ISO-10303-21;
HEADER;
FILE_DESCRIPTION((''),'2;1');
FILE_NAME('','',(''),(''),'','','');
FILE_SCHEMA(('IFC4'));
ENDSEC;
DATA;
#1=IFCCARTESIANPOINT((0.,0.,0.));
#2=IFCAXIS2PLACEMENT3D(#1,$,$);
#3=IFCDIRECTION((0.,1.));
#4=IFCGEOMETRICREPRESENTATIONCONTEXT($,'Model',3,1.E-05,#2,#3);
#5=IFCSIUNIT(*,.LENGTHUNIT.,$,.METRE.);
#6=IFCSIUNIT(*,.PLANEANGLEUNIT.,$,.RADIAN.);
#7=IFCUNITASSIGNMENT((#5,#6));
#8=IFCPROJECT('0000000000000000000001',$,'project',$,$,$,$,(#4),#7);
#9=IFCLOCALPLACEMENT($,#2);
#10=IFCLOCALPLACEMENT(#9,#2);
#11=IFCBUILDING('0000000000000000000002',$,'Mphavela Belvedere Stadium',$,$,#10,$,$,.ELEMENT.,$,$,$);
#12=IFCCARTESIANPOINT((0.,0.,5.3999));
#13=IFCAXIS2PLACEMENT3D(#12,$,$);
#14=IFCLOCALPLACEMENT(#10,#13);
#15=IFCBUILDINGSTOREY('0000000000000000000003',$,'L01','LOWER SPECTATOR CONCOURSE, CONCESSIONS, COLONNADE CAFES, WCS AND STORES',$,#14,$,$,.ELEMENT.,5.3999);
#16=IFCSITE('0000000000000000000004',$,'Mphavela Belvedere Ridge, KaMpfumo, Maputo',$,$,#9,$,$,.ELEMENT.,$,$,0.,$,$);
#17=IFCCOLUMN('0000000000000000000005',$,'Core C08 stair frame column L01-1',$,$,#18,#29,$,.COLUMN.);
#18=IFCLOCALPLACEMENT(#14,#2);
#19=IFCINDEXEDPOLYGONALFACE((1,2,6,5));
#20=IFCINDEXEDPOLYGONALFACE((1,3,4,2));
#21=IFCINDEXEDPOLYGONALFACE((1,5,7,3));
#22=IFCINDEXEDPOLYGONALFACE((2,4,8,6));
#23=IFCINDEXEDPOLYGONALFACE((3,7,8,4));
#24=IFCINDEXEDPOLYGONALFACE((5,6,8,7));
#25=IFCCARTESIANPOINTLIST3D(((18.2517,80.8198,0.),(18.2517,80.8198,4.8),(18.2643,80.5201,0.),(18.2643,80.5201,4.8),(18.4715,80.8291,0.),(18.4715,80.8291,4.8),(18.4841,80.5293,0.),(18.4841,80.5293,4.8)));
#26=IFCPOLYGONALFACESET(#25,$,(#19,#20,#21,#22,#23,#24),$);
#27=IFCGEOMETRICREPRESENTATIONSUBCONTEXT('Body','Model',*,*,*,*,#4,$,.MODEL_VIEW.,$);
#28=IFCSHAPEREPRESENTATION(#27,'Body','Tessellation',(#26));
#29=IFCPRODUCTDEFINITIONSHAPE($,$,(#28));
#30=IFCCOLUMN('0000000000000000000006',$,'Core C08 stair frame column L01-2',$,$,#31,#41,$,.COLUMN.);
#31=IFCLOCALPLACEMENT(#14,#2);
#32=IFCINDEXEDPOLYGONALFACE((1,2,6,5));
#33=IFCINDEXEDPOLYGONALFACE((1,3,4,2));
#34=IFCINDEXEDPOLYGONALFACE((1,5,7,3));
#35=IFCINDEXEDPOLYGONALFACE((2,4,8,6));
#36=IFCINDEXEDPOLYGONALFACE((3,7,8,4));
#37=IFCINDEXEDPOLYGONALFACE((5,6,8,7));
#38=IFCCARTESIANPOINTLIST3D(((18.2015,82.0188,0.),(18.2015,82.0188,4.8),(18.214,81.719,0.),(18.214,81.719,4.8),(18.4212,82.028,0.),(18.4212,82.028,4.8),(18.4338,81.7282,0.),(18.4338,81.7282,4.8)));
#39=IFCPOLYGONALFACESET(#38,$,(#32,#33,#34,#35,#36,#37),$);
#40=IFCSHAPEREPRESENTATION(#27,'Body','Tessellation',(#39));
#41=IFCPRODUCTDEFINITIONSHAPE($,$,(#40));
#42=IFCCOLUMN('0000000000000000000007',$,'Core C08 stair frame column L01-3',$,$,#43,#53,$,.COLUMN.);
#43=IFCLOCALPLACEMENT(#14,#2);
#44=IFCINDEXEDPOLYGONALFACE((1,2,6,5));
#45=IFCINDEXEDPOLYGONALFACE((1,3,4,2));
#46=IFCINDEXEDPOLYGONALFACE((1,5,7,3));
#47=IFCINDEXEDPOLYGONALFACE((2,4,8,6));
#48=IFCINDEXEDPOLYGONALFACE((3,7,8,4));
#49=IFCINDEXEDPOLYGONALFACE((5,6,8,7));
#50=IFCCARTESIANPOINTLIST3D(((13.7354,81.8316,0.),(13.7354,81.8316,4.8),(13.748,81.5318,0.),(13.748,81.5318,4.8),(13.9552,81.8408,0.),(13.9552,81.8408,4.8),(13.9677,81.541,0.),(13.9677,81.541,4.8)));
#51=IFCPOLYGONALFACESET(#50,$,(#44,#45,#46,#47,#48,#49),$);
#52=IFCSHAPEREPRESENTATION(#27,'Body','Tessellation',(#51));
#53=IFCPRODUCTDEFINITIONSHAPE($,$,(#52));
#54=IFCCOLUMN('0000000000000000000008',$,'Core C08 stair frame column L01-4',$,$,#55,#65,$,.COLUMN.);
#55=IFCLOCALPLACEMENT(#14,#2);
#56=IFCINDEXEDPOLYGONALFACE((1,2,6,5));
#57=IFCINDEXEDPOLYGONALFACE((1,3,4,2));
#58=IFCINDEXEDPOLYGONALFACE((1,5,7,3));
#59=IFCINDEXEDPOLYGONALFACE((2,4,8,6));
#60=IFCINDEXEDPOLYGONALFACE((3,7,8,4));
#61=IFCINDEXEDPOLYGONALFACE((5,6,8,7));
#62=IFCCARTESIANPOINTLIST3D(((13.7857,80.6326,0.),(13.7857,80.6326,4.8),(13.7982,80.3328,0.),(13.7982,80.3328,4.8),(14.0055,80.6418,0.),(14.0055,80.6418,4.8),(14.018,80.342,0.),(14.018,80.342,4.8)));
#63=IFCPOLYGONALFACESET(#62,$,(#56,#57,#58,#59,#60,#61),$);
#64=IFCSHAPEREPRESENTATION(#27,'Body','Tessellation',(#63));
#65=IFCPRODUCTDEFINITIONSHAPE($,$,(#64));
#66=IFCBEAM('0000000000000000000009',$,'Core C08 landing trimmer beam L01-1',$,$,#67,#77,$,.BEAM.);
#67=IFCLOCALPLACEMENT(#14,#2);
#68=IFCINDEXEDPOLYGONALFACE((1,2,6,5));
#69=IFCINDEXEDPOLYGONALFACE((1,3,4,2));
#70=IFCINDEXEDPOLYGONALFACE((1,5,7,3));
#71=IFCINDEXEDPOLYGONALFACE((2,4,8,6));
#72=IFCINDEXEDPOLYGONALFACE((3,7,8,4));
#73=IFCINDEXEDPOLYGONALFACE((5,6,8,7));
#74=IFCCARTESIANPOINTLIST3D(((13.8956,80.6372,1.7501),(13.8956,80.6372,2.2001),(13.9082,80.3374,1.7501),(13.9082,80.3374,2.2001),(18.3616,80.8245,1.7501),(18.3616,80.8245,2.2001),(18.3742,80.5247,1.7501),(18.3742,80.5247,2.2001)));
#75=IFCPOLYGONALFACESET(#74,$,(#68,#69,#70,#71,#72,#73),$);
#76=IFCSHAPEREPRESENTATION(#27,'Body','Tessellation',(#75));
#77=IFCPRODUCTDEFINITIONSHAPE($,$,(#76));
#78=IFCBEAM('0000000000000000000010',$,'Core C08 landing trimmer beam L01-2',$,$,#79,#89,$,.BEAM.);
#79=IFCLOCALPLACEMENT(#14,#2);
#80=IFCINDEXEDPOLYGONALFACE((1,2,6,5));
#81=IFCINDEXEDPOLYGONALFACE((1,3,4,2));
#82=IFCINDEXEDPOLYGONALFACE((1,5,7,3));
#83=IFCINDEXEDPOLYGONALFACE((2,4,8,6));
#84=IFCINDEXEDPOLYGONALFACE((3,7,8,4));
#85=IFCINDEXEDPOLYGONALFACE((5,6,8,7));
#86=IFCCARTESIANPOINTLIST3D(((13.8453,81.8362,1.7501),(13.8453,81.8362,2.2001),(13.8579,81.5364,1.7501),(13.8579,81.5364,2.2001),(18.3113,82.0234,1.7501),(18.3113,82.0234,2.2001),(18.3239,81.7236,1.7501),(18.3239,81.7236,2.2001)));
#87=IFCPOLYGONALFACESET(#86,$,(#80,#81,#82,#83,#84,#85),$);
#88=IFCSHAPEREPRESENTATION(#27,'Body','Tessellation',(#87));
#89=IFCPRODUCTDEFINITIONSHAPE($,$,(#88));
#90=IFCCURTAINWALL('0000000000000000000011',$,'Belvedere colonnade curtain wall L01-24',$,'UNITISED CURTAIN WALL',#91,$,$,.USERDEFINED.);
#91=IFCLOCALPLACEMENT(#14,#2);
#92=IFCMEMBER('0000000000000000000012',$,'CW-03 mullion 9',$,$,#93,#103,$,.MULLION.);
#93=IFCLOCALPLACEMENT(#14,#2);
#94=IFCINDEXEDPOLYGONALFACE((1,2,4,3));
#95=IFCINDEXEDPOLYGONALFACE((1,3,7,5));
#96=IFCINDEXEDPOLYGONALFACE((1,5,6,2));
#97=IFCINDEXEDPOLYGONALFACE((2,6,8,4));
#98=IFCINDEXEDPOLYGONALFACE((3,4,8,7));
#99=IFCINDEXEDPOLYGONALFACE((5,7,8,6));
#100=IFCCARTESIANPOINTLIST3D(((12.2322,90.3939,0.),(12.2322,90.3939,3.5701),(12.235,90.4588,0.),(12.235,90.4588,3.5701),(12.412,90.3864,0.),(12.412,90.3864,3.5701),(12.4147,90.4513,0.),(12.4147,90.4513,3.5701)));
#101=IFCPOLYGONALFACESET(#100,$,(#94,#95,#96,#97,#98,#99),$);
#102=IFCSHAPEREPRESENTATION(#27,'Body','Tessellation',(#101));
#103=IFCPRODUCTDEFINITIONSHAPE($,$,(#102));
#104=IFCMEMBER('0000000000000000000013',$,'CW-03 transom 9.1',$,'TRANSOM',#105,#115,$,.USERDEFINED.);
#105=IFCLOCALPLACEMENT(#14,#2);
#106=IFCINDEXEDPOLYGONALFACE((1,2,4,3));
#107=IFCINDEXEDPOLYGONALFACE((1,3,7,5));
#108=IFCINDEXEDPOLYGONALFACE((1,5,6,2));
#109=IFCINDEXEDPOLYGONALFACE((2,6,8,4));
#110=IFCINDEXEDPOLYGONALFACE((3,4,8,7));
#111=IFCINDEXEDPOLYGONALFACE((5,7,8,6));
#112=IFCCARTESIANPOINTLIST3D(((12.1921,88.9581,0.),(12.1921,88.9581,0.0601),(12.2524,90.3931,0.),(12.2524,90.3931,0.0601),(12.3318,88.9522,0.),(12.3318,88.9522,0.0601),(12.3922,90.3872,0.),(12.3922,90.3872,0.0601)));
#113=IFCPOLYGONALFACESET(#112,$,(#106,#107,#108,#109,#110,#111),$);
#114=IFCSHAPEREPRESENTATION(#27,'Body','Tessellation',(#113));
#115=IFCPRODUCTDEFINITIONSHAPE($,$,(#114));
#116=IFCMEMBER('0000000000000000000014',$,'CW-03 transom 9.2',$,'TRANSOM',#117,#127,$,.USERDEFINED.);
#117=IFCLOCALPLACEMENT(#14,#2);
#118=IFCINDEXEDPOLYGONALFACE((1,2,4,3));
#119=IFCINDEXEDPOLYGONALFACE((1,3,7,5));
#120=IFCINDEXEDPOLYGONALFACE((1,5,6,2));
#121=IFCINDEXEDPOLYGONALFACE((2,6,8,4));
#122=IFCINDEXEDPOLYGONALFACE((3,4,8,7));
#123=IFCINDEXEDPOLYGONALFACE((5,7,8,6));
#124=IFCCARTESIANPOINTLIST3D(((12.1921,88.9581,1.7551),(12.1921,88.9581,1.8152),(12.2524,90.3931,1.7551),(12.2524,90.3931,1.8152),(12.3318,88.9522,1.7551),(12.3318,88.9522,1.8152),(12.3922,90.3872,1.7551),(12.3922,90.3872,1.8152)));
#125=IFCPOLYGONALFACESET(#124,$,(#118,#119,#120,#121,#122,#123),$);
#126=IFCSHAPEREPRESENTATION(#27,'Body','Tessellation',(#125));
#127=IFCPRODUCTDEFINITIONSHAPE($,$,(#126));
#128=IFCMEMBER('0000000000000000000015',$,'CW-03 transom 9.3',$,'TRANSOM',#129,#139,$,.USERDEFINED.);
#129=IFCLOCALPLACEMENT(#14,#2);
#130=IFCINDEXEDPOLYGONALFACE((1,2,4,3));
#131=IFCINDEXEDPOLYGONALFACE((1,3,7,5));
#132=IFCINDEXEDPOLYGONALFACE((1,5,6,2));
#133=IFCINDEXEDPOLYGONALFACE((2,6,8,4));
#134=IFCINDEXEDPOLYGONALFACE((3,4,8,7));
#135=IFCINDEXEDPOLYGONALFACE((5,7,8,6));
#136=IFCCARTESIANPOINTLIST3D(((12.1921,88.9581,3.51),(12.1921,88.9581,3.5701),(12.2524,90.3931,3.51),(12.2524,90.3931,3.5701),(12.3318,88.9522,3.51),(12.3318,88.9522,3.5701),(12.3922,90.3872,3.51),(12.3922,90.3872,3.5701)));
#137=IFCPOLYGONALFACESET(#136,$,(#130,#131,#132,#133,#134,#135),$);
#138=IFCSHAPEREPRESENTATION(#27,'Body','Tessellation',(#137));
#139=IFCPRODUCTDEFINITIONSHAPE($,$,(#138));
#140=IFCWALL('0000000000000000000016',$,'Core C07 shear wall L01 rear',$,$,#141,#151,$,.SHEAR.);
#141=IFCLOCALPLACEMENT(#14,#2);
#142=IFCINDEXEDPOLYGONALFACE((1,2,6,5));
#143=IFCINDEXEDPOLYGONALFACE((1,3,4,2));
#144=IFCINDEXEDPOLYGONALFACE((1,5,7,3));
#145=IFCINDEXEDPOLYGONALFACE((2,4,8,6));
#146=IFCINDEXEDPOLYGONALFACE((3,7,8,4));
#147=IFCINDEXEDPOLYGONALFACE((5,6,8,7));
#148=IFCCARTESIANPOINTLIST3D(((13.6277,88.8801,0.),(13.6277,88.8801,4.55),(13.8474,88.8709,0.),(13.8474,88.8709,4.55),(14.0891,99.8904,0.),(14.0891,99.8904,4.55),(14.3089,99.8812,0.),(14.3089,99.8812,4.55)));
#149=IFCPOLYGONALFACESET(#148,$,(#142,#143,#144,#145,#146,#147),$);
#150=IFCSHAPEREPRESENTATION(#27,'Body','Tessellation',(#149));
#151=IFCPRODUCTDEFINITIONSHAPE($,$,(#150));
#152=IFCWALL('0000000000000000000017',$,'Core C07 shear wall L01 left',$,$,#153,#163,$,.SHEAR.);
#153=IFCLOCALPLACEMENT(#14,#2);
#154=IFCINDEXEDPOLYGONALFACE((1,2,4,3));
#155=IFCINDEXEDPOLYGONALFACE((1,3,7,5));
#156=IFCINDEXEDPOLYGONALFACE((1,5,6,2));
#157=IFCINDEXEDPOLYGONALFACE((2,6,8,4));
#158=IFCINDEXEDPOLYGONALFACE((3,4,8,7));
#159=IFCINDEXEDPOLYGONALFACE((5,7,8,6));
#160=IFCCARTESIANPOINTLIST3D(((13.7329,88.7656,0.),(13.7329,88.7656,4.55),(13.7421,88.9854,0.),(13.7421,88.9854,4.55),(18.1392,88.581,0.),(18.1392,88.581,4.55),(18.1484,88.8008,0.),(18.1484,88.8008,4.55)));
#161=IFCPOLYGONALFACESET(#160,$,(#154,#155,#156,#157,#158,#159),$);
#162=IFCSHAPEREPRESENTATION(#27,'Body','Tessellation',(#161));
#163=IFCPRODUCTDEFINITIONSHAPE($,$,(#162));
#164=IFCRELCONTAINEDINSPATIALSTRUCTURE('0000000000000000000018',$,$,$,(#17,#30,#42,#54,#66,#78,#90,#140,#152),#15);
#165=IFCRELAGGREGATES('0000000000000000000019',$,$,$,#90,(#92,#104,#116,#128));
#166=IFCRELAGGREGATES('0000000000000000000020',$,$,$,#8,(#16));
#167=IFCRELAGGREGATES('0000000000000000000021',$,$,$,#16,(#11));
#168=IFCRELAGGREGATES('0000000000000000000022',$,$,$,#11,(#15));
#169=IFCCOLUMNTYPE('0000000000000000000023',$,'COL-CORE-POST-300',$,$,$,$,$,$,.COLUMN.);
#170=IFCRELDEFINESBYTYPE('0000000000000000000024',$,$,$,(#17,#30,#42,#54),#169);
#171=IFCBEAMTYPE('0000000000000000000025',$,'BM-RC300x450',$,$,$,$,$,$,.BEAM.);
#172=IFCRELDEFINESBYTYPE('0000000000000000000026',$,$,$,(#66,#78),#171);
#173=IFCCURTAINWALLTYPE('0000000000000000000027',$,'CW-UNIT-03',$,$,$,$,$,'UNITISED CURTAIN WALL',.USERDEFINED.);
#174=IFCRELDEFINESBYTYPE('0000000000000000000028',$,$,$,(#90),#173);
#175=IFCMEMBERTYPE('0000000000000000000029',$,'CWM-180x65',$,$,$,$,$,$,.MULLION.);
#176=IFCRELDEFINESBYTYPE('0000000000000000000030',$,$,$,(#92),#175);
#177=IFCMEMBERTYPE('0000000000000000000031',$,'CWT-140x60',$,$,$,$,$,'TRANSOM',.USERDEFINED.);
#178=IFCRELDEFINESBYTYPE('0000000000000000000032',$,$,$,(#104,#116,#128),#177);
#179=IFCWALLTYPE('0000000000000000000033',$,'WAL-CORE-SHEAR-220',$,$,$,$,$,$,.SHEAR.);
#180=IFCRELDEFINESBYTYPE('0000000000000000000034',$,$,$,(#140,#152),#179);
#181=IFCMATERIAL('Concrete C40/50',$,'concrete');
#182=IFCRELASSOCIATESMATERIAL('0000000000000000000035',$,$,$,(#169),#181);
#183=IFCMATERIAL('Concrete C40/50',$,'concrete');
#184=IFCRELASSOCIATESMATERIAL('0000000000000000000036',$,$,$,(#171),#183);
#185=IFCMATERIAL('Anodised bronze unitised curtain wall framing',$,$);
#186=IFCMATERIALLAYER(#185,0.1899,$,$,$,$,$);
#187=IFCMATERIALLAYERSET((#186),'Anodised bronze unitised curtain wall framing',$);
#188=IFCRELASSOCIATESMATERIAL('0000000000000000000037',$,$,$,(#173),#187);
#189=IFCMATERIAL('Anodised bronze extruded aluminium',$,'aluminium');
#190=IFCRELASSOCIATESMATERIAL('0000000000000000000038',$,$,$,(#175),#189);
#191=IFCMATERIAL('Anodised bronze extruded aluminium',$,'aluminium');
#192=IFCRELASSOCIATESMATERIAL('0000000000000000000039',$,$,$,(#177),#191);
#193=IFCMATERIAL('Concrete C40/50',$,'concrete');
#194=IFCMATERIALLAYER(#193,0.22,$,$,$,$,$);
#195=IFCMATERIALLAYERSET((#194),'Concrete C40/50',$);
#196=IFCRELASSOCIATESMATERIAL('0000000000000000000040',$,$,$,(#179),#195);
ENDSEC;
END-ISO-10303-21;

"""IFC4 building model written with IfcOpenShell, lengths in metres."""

from ifc_helpers import new_model, si_unit, direction, frame, frame_2d, origin, origin_2d, place, context, subcontext, project, spatial, rectangle, extrude, material, layer, layer_set, material_profile, profile_set, type_object, element, aggregate, save


model = new_model("IFC4")

# Units and contexts
model_context = context("Model", 3, precision=1e-05, world=origin(), true_north=direction((0.0, 1.0)))
body_context = subcontext(model_context, "Body", "Model", "MODEL_VIEW")
ifc_project = project(units=[si_unit("LENGTHUNIT", "METRE"), si_unit("PLANEANGLEUNIT", "RADIAN")], contexts=[model_context])

# Site, building, storey
site_placement = place(None, origin())
site = spatial("IfcSite", under=ifc_project, at=site_placement, Name="Mphavela Belvedere Ridge, KaMpfumo, Maputo", CompositionType="ELEMENT", RefElevation=0.0)
building_placement = place(site_placement, origin())
building = spatial("IfcBuilding", under=site, at=building_placement, Name="Mphavela Belvedere Stadium", CompositionType="ELEMENT")
storey_placement = place(building_placement, frame((0.0, 0.0, 5.3999)))
storey = spatial("IfcBuildingStorey", under=building, at=storey_placement, Name="L01", Description="LOWER SPECTATOR CONCOURSE, CONCESSIONS, COLONNADE CAFES, WCS AND STORES", CompositionType="ELEMENT", Elevation=5.3999)

# Columns
ifc_material_1 = material(Name="Concrete C40/50", Category="concrete")
ifc_material_profile_1 = material_profile(ifc_material_1, rectangle(XDim=0.3, YDim=0.22, at=origin_2d()), Name="RC 300x220")
ifc_profile_set_1 = profile_set([ifc_material_profile_1], Name="Concrete C40/50")
column_type = type_object("IfcColumnType", Name="COL-CORE-POST-300", PredefinedType="COLUMN", material=ifc_profile_set_1)
for number, where, z_axis, x_axis, name in (
    (1, (18.3679, 80.6746, 0.0), (0.0, 0.0, 1.0), (-0.041876, 0.999123, 0.0), "Core C08 stair frame column L01-1"),
    (2, (18.3176, 81.8735, 0.0), (0.0, 0.0, 1.0), (-0.041876, 0.999123, 0.0), "Core C08 stair frame column L01-2"),
    (3, (13.8516, 81.6863, 0.0), (0.0, 0.0, 1.0), (-0.041876, 0.999123, 0.0), "Core C08 stair frame column L01-3"),
    (4, (13.9019, 80.4873, 0.0), (0.0, 0.0, 1.0), (-0.041876, 0.999123, 0.0), "Core C08 stair frame column L01-4"),
):
    element("IfcColumn", number, at=place(storey_placement, frame(where, z_axis=z_axis, x_axis=x_axis)), inside=storey, type_object=column_type, Name=name, PredefinedType="COLUMN", context=body_context, shape_type="SweptSolid", body=[
        extrude(rectangle(XDim=0.3, YDim=0.22, at=origin_2d()), origin(), (0.0, 0.0, 1.0), 4.8),
    ])

# Beams
ifc_material_2 = material(Name="Concrete C40/50", Category="concrete")
ifc_material_profile_2 = material_profile(ifc_material_2, rectangle(XDim=0.3, YDim=0.45, at=origin_2d()), Name="RC 300x450")
ifc_profile_set_2 = profile_set([ifc_material_profile_2], Name="Concrete C40/50")
beam_type = type_object("IfcBeamType", Name="BM-RC300x450", PredefinedType="BEAM", material=ifc_profile_set_2)
for number, where, z_axis, x_axis, name in (
    (5, (18.3679, 80.6746, 1.9751), (-0.999122, -0.041892, 0.0), (0.041892, -0.999122, 0.0), "Core C08 landing trimmer beam L01-1"),
    (6, (18.3176, 81.8735, 1.9751), (-0.999122, -0.041892, 0.0), (0.041892, -0.999122, 0.0), "Core C08 landing trimmer beam L01-2"),
):
    element("IfcBeam", number, at=place(storey_placement, frame(where, z_axis=z_axis, x_axis=x_axis)), inside=storey, type_object=beam_type, Name=name, PredefinedType="BEAM", context=body_context, shape_type="SweptSolid", body=[
        extrude(rectangle(XDim=0.3, YDim=0.45, at=origin_2d()), origin(), (0.0, 0.0, 1.0), 4.47),
    ])

# Curtain wall, members
ifc_material_3 = material(Name="Anodised bronze unitised curtain wall framing")
ifc_layer_1 = layer(ifc_material_3, 0.1899)
ifc_layer_set_1 = layer_set([ifc_layer_1], Name="Anodised bronze unitised curtain wall framing")
curtain_wall_type = type_object("IfcCurtainWallType", Name="CW-UNIT-03", ElementType="UNITISED CURTAIN WALL", PredefinedType="USERDEFINED", material=ifc_layer_set_1)
curtain_wall_placement = place(storey_placement, origin())
curtain_wall = element("IfcCurtainWall", 7, at=curtain_wall_placement, inside=storey, type_object=curtain_wall_type, Name="Belvedere colonnade curtain wall L01-24", ObjectType="UNITISED CURTAIN WALL", PredefinedType="USERDEFINED")
ifc_material_4 = material(Name="Anodised bronze extruded aluminium", Category="aluminium")
ifc_material_profile_3 = material_profile(ifc_material_4, rectangle(XDim=0.1799, YDim=0.0649, at=origin_2d()), Name="CW-MUL 180x65")
ifc_profile_set_3 = profile_set([ifc_material_profile_3], Name="Anodised bronze extruded aluminium")
member_type_1 = type_object("IfcMemberType", Name="CWM-180x65", PredefinedType="MULLION", material=ifc_profile_set_3)
member_1_placement = place(storey_placement, frame((12.3235, 90.4226, 0.0), z_axis=(0.0, 0.0, 1.0), x_axis=(0.999121, -0.04191, 0.0)))
member_1 = element("IfcMember", 8, at=member_1_placement, type_object=member_type_1, Name="CW-03 mullion 9", PredefinedType="MULLION", context=body_context, shape_type="SweptSolid", body=[
    extrude(rectangle(XDim=0.1799, YDim=0.0649, at=origin_2d()), origin(), (0.0, 0.0, 1.0), 3.5701),
])
ifc_material_5 = material(Name="Anodised bronze extruded aluminium", Category="aluminium")
ifc_material_profile_4 = material_profile(ifc_material_5, rectangle(XDim=0.1399, YDim=0.0601, at=origin_2d()), Name="CW-TRN 140x60")
ifc_profile_set_4 = profile_set([ifc_material_profile_4], Name="Anodised bronze extruded aluminium")
member_type_2 = type_object("IfcMemberType", Name="CWT-140x60", ElementType="TRANSOM", PredefinedType="USERDEFINED", material=ifc_profile_set_4)
member_2_placement = place(storey_placement, frame((12.3223, 90.3901, 0.03), z_axis=(-0.041984, -0.999118, 0.0), x_axis=(0.999118, -0.041984, 0.0)))
member_2 = element("IfcMember", 9, at=member_2_placement, type_object=member_type_2, Name="CW-03 transom 9.1", ObjectType="TRANSOM", PredefinedType="USERDEFINED", context=body_context, shape_type="SweptSolid", body=[
    extrude(rectangle(XDim=0.1399, YDim=0.0601, at=origin_2d()), origin(), (0.0, 0.0, 1.0), 1.4363),
])
member_3_placement = place(storey_placement, frame((12.3223, 90.3901, 1.7852), z_axis=(-0.041984, -0.999118, 0.0), x_axis=(0.999118, -0.041984, 0.0)))
member_3 = element("IfcMember", 10, at=member_3_placement, type_object=member_type_2, Name="CW-03 transom 9.2", ObjectType="TRANSOM", PredefinedType="USERDEFINED", context=body_context, shape_type="SweptSolid", body=[
    extrude(rectangle(XDim=0.1399, YDim=0.0601, at=origin_2d()), origin(), (0.0, 0.0, 1.0), 1.4363),
])
member_4_placement = place(storey_placement, frame((12.3223, 90.3901, 3.54), z_axis=(-0.041984, -0.999118, 0.0), x_axis=(0.999118, -0.041984, 0.0)))
member_4 = element("IfcMember", 11, at=member_4_placement, type_object=member_type_2, Name="CW-03 transom 9.3", ObjectType="TRANSOM", PredefinedType="USERDEFINED", context=body_context, shape_type="SweptSolid", body=[
    extrude(rectangle(XDim=0.1399, YDim=0.0601, at=origin_2d()), origin(), (0.0, 0.0, 1.0), 1.4363),
])
aggregate(curtain_wall, [member_1, member_2, member_3, member_4])

# Walls
ifc_material_6 = material(Name="Concrete C40/50", Category="concrete")
ifc_layer_2 = layer(ifc_material_6, 0.22)
ifc_layer_set_2 = layer_set([ifc_layer_2], Name="Concrete C40/50")
wall_type = type_object("IfcWallType", Name="WAL-CORE-SHEAR-220", PredefinedType="SHEAR", material=ifc_layer_set_2)
wall_1_placement = place(storey_placement, frame((13.7375, 88.8755, 0.0), z_axis=(0.0, 0.0, 1.0), x_axis=(0.041872, 0.999123, 0.0)))
element("IfcWall", 12, at=wall_1_placement, inside=storey, type_object=wall_type, Name="Core C07 shear wall L01 rear", PredefinedType="SHEAR", context=body_context, shape_type="SweptSolid", body=[
    extrude(rectangle(XDim=11.02, YDim=0.22, at=frame_2d((5.51, 0.0))), origin(), (0.0, 0.0, 1.0), 4.55),
])
wall_2_placement = place(storey_placement, frame((18.1438, 88.6909, 0.0), z_axis=(0.0, 0.0, 1.0), x_axis=(-0.999124, 0.041852, 0.0)))
element("IfcWall", 13, at=wall_2_placement, inside=storey, type_object=wall_type, Name="Core C07 shear wall L01 left", PredefinedType="SHEAR", context=body_context, shape_type="SweptSolid", body=[
    extrude(rectangle(XDim=4.4102, YDim=0.22, at=frame_2d((2.2051, 0.0))), origin(), (0.0, 0.0, 1.0), 4.55),
])

save(model, "model.ifc")
